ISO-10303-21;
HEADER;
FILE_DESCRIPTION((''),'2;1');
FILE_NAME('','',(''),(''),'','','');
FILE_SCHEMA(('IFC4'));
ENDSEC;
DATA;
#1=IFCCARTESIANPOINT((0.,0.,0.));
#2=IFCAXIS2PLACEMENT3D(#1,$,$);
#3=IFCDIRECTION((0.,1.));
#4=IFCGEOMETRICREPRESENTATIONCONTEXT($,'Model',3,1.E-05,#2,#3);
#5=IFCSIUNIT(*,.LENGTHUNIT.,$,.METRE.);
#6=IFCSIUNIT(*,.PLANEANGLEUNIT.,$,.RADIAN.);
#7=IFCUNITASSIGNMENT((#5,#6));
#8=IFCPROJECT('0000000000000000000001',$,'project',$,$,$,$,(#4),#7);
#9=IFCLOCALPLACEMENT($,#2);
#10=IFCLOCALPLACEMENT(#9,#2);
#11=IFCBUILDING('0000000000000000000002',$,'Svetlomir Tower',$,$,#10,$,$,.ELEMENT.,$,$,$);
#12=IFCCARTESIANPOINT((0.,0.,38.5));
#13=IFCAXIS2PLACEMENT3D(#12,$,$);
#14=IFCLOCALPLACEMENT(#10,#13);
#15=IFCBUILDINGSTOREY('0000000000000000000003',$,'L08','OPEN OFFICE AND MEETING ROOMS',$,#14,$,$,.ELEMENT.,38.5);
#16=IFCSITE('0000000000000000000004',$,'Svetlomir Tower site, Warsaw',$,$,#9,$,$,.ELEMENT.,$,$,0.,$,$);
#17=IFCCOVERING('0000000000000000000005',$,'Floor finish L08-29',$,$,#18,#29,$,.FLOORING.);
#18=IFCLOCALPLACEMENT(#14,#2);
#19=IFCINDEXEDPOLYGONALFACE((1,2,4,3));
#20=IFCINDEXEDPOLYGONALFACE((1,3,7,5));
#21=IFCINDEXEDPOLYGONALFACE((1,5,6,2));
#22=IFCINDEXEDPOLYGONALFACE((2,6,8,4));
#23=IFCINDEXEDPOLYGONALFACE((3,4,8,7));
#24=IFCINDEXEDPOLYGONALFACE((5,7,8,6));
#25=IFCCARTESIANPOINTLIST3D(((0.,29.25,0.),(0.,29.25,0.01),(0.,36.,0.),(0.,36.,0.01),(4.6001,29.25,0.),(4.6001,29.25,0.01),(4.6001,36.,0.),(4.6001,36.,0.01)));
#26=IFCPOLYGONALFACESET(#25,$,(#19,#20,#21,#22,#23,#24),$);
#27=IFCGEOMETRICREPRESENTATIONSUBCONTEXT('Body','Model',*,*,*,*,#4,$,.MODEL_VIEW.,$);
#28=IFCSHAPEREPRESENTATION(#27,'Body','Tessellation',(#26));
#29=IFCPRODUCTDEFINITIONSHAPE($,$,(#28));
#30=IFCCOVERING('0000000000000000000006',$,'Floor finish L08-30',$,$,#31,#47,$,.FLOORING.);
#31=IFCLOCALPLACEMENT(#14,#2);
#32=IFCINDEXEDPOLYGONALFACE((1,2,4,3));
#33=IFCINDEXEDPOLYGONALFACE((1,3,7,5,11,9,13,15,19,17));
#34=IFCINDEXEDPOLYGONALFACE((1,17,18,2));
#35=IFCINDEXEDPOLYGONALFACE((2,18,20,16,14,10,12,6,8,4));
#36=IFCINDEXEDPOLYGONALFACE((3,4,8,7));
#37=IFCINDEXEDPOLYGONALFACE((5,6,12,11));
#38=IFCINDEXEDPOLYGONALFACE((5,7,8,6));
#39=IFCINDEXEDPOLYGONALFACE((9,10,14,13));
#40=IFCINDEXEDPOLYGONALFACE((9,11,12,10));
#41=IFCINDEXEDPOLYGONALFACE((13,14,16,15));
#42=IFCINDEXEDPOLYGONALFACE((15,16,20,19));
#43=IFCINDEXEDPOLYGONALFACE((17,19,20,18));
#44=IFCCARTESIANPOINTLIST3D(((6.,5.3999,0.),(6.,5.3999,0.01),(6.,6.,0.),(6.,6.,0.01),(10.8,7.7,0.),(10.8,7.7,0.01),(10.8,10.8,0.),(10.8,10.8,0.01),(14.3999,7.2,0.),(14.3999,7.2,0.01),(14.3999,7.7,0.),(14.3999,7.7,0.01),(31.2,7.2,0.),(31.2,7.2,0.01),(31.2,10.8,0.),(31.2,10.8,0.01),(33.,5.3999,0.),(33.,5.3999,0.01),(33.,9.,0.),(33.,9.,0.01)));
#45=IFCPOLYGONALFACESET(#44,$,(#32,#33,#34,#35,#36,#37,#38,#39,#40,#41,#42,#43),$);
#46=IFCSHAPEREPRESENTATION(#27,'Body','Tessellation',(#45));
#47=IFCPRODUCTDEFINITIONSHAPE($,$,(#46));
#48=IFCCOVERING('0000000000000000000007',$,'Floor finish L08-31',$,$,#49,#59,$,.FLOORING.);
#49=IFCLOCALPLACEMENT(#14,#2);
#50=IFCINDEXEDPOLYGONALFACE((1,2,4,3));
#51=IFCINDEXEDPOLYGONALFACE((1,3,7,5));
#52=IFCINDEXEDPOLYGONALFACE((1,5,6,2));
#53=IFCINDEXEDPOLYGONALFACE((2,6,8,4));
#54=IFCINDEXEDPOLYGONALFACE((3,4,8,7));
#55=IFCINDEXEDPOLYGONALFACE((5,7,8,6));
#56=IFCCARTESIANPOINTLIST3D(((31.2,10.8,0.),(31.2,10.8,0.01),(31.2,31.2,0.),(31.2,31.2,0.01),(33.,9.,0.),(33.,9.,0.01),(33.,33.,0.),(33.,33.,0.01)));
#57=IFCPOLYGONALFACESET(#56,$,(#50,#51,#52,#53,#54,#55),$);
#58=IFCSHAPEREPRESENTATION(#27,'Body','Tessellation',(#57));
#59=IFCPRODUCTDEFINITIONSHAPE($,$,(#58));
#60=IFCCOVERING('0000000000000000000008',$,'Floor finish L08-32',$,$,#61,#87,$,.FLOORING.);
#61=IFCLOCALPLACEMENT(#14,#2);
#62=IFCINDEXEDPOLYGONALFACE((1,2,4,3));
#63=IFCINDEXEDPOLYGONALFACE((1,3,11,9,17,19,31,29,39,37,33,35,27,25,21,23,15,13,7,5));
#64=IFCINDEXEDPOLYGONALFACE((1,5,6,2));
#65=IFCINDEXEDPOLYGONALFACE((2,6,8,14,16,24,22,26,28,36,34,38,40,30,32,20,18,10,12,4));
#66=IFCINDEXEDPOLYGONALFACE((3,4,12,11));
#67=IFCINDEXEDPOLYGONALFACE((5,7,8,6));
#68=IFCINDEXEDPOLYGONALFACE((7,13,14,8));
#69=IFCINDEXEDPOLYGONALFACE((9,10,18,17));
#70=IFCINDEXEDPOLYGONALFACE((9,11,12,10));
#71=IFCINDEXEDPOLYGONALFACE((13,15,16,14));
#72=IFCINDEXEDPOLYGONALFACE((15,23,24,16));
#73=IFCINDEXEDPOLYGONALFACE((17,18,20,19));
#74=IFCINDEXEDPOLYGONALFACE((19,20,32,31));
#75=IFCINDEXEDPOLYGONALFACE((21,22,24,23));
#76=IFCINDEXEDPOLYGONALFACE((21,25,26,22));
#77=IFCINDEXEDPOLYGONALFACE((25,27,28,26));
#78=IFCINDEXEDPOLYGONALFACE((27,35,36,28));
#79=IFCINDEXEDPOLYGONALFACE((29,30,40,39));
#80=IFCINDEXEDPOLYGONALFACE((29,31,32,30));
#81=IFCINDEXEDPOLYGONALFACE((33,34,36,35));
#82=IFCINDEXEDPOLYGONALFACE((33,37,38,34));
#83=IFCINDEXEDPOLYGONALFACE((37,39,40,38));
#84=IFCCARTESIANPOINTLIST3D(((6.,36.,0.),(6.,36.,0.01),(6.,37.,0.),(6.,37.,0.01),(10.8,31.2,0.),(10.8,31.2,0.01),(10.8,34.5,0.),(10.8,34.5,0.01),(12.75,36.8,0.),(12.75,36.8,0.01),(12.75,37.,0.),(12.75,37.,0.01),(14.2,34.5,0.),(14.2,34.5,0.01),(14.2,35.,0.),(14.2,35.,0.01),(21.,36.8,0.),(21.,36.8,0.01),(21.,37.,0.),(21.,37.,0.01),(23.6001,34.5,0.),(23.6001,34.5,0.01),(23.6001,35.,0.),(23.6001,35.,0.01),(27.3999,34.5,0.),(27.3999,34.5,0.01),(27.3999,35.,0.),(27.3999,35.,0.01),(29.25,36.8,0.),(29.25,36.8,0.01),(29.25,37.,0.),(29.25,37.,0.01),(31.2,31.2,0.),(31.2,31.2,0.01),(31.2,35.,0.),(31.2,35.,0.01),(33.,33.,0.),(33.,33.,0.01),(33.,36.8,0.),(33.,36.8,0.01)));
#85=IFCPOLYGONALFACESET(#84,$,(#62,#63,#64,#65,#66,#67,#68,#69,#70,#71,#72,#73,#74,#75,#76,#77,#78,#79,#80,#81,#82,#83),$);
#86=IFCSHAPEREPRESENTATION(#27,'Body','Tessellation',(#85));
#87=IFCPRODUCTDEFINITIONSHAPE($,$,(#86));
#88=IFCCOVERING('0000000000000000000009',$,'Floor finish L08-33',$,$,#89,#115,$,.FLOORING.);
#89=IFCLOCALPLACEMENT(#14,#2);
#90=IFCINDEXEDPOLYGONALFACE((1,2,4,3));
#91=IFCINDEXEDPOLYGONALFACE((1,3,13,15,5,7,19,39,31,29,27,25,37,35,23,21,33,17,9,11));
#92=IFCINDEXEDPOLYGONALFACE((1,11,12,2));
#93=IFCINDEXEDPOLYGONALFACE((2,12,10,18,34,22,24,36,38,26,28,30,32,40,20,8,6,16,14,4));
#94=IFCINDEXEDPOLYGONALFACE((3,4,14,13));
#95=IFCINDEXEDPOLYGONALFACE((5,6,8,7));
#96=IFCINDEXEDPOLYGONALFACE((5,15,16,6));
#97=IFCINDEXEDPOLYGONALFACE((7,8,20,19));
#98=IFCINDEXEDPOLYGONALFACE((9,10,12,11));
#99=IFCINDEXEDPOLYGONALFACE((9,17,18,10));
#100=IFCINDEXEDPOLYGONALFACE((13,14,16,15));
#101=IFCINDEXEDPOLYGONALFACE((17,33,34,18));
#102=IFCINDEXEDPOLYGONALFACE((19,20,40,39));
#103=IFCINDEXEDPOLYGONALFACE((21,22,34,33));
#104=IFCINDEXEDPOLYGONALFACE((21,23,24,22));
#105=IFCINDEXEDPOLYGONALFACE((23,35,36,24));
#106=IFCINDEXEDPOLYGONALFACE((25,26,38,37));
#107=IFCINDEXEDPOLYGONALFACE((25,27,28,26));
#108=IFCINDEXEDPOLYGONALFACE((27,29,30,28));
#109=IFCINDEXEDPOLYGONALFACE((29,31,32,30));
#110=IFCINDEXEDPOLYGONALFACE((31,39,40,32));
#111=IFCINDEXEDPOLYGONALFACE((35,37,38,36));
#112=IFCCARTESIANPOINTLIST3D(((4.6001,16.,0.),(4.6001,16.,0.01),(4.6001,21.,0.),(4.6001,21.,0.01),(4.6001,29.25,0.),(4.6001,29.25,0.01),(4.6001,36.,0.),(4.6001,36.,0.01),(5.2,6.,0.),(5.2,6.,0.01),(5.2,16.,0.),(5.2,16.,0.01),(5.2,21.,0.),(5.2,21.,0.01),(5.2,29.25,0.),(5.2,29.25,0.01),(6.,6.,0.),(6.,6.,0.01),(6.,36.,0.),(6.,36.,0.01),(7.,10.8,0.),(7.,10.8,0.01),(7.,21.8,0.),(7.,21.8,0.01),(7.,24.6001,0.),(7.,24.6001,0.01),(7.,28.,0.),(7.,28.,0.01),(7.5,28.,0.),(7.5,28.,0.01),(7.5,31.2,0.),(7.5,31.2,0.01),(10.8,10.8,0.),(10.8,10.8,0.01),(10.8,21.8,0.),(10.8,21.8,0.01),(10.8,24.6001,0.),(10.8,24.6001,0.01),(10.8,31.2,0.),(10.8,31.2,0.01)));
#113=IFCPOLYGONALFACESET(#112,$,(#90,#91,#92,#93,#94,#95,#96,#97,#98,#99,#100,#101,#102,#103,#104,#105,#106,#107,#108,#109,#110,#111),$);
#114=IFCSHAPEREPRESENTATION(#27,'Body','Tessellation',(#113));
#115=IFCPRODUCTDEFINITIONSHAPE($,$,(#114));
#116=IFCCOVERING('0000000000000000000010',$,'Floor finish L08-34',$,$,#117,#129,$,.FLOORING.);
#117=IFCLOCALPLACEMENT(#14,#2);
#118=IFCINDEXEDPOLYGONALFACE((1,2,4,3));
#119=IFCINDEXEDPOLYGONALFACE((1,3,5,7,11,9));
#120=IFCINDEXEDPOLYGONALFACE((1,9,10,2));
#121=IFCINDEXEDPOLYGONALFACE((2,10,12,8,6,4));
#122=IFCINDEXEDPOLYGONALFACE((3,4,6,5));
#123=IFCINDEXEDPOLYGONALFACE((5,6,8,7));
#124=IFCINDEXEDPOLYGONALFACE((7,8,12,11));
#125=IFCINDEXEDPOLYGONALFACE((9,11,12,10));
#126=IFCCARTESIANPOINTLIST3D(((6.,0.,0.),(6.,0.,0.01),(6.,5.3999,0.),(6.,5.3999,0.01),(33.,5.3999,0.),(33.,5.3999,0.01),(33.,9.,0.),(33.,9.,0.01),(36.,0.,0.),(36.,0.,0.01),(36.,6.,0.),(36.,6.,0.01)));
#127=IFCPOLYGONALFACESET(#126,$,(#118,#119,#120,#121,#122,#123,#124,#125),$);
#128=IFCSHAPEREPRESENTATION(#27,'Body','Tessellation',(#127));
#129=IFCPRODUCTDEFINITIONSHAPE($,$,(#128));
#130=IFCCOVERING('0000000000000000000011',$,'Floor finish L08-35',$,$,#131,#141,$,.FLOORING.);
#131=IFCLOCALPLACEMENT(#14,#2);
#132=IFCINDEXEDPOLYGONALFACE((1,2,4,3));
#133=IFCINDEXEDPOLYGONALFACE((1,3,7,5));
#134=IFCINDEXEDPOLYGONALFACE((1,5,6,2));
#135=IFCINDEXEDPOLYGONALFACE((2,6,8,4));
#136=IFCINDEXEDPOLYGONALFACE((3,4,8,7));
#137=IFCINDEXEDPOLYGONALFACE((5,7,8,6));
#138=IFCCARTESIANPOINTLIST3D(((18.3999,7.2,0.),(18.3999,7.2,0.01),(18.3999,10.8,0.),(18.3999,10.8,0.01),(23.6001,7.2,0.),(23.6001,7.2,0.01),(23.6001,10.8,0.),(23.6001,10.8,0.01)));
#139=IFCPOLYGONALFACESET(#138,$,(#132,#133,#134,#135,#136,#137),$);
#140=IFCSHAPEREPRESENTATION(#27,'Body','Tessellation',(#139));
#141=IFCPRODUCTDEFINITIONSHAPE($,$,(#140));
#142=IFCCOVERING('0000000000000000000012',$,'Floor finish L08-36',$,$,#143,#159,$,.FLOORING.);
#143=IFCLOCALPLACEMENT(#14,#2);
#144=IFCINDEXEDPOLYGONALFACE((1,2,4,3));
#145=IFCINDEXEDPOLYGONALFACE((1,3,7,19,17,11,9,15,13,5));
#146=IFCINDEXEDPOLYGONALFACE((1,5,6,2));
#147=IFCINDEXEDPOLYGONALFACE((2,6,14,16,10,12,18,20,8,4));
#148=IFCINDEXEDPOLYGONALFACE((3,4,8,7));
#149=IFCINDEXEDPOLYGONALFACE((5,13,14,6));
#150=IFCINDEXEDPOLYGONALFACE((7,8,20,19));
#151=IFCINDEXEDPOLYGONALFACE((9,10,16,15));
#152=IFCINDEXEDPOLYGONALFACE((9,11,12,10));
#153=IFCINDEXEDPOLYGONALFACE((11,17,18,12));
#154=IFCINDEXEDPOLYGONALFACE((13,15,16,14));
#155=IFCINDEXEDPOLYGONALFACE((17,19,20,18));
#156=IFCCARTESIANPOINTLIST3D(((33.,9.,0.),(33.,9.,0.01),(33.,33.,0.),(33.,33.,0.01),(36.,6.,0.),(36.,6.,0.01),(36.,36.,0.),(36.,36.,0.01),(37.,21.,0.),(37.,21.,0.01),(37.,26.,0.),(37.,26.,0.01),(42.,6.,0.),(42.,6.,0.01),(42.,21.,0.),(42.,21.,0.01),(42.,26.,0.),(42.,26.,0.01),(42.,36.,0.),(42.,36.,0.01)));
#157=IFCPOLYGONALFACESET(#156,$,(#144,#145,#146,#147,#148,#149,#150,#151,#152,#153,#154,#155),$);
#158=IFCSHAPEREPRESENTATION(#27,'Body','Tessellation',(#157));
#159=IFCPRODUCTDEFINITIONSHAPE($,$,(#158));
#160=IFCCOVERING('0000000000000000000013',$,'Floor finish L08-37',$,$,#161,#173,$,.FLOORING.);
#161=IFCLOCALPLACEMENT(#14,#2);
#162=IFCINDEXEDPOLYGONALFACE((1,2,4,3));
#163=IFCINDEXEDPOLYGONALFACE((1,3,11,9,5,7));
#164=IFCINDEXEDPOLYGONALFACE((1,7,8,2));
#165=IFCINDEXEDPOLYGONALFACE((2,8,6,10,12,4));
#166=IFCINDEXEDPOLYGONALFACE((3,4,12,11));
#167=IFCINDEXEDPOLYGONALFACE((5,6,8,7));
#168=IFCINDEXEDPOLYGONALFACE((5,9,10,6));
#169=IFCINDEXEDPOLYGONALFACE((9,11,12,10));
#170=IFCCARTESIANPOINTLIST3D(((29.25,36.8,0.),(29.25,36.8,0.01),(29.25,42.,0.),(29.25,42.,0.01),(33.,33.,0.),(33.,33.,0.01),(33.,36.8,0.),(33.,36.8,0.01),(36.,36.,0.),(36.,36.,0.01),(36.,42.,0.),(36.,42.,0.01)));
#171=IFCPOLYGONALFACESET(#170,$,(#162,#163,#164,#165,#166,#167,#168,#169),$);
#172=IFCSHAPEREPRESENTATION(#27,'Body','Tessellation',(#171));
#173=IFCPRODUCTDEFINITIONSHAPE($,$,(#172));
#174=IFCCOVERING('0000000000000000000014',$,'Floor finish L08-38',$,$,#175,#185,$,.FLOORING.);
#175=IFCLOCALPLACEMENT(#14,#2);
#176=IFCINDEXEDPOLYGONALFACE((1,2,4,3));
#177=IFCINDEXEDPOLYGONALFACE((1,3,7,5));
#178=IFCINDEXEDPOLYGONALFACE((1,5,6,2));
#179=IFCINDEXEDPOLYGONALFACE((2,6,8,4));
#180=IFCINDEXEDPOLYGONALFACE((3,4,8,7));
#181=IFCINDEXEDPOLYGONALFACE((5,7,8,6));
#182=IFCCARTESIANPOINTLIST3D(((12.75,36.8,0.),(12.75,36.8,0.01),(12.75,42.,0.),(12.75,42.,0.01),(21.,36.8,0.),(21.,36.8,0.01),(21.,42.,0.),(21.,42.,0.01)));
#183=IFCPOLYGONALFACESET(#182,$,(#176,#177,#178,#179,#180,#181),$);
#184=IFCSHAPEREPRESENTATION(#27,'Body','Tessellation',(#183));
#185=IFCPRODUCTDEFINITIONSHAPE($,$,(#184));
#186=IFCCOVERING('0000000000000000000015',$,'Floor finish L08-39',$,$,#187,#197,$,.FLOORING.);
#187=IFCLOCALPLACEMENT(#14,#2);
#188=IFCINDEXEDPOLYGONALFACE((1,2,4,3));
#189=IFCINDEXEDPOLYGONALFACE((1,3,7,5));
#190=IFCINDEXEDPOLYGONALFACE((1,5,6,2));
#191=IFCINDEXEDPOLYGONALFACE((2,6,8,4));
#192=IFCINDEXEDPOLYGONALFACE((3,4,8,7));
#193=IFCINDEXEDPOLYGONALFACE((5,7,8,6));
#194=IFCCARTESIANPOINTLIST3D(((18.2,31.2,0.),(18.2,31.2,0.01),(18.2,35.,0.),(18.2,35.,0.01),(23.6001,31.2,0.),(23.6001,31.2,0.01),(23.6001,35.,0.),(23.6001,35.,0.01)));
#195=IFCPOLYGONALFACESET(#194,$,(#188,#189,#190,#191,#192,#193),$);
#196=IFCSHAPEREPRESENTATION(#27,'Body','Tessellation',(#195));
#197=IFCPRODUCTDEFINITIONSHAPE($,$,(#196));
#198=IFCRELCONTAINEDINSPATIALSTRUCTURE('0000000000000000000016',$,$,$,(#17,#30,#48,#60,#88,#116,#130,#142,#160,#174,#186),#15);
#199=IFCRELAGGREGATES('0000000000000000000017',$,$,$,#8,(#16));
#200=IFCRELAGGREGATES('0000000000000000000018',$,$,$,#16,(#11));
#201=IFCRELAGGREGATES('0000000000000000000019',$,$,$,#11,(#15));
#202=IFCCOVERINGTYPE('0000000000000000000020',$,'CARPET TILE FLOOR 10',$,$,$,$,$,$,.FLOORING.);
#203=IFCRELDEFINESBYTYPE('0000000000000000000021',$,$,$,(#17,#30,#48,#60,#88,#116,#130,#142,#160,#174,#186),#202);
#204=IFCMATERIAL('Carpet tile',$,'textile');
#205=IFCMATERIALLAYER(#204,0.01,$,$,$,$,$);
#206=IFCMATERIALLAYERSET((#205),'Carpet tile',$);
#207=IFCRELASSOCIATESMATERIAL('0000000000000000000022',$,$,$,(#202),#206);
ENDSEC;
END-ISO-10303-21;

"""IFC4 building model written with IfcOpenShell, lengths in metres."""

from ifc_helpers import new_model, si_unit, direction, frame, origin, place, context, subcontext, project, spatial, polyline, outline, extrude, material, layer, layer_set, type_object, element, save


model = new_model("IFC4")

# Units and contexts
model_context = context("Model", 3, precision=1e-05, world=origin(), true_north=direction((0.0, 1.0)))
body_context = subcontext(model_context, "Body", "Model", "MODEL_VIEW")
ifc_project = project(units=[si_unit("LENGTHUNIT", "METRE"), si_unit("PLANEANGLEUNIT", "RADIAN")], contexts=[model_context])

# Site, building, storey
site_placement = place(None, origin())
site = spatial("IfcSite", under=ifc_project, at=site_placement, Name="Svetlomir Tower site, Warsaw", CompositionType="ELEMENT", RefElevation=0.0)
building_placement = place(site_placement, origin())
building = spatial("IfcBuilding", under=site, at=building_placement, Name="Svetlomir Tower", CompositionType="ELEMENT")
storey_placement = place(building_placement, frame((0.0, 0.0, 38.5)))
storey = spatial("IfcBuildingStorey", under=building, at=storey_placement, Name="L08", Description="OPEN OFFICE AND MEETING ROOMS", CompositionType="ELEMENT", Elevation=38.5)

# Coverings
ifc_material_1 = material(Name="Carpet tile", Category="textile")
ifc_layer_1 = layer(ifc_material_1, 0.01)
ifc_layer_set_1 = layer_set([ifc_layer_1], Name="Carpet tile")
covering_type_1 = type_object("IfcCoveringType", Name="CARPET TILE FLOOR 10", PredefinedType="FLOORING", material=ifc_layer_set_1)
covering_1_placement = place(storey_placement, origin())
element("IfcCovering", 1, at=covering_1_placement, inside=storey, type_object=covering_type_1, Name="Floor finish L08-29", PredefinedType="FLOORING", context=body_context, shape_type="SweptSolid", body=[
    extrude(outline(polyline([(0.0, 29.25), (4.6001, 29.25), (4.6001, 36.0), (0.0, 36.0), (0.0, 29.25)])), origin(), (0.0, 0.0, 1.0), 0.01),
])
covering_2_placement = place(storey_placement, origin())
element("IfcCovering", 2, at=covering_2_placement, inside=storey, type_object=covering_type_1, Name="Floor finish L08-30", PredefinedType="FLOORING", context=body_context, shape_type="SweptSolid", body=[
    extrude(outline(polyline([(33.0, 5.3999), (6.0, 5.3999), (6.0, 6.0), (10.8, 10.8), (10.8, 7.7), (14.3999, 7.7), (14.3999, 7.2), (31.2, 7.2), (31.2, 10.8), (33.0, 9.0), (33.0, 5.3999)])), origin(), (0.0, 0.0, 1.0), 0.01),
])
covering_3_placement = place(storey_placement, origin())
element("IfcCovering", 3, at=covering_3_placement, inside=storey, type_object=covering_type_1, Name="Floor finish L08-31", PredefinedType="FLOORING", context=body_context, shape_type="SweptSolid", body=[
    extrude(outline(polyline([(33.0, 9.0), (31.2, 10.8), (31.2, 31.2), (33.0, 33.0), (33.0, 9.0)])), origin(), (0.0, 0.0, 1.0), 0.01),
])
covering_4_placement = place(storey_placement, origin())
element("IfcCovering", 4, at=covering_4_placement, inside=storey, type_object=covering_type_1, Name="Floor finish L08-32", PredefinedType="FLOORING", context=body_context, shape_type="SweptSolid", body=[
    extrude(outline(polyline([(6.0, 37.0), (12.75, 37.0), (12.75, 36.8), (21.0, 36.8), (21.0, 37.0), (29.25, 37.0), (29.25, 36.8), (33.0, 36.8), (33.0, 33.0), (31.2, 31.2), (31.2, 35.0), (27.3999, 35.0), (27.3999, 34.5), (23.6001, 34.5), (23.6001, 35.0), (14.2, 35.0), (14.2, 34.5), (10.8, 34.5), (10.8, 31.2), (6.0, 36.0), (6.0, 37.0)])), origin(), (0.0, 0.0, 1.0), 0.01),
])
covering_5_placement = place(storey_placement, origin())
element("IfcCovering", 5, at=covering_5_placement, inside=storey, type_object=covering_type_1, Name="Floor finish L08-33", PredefinedType="FLOORING", context=body_context, shape_type="SweptSolid", body=[
    extrude(outline(polyline([(5.2, 21.0), (5.2, 29.25), (4.6001, 29.25), (4.6001, 36.0), (6.0, 36.0), (10.8, 31.2), (7.5, 31.2), (7.5, 28.0), (7.0, 28.0), (7.0, 24.6001), (10.8, 24.6001), (10.8, 21.8), (7.0, 21.8), (7.0, 10.8), (10.8, 10.8), (6.0, 6.0), (5.2, 6.0), (5.2, 16.0), (4.6001, 16.0), (4.6001, 21.0), (5.2, 21.0)])), origin(), (0.0, 0.0, 1.0), 0.01),
])
covering_6_placement = place(storey_placement, origin())
element("IfcCovering", 6, at=covering_6_placement, inside=storey, type_object=covering_type_1, Name="Floor finish L08-34", PredefinedType="FLOORING", context=body_context, shape_type="SweptSolid", body=[
    extrude(outline(polyline([(36.0, 0.0), (6.0, 0.0), (6.0, 5.3999), (33.0, 5.3999), (33.0, 9.0), (36.0, 6.0), (36.0, 0.0)])), origin(), (0.0, 0.0, 1.0), 0.01),
])
covering_7_placement = place(storey_placement, origin())
element("IfcCovering", 7, at=covering_7_placement, inside=storey, type_object=covering_type_1, Name="Floor finish L08-35", PredefinedType="FLOORING", context=body_context, shape_type="SweptSolid", body=[
    extrude(outline(polyline([(23.6001, 10.8), (23.6001, 7.2), (18.3999, 7.2), (18.3999, 10.8), (23.6001, 10.8)])), origin(), (0.0, 0.0, 1.0), 0.01),
])
covering_8_placement = place(storey_placement, origin())
element("IfcCovering", 8, at=covering_8_placement, inside=storey, type_object=covering_type_1, Name="Floor finish L08-36", PredefinedType="FLOORING", context=body_context, shape_type="SweptSolid", body=[
    extrude(outline(polyline([(33.0, 33.0), (36.0, 36.0), (42.0, 36.0), (42.0, 26.0), (37.0, 26.0), (37.0, 21.0), (42.0, 21.0), (42.0, 6.0), (36.0, 6.0), (33.0, 9.0), (33.0, 33.0)])), origin(), (0.0, 0.0, 1.0), 0.01),
])
covering_9_placement = place(storey_placement, origin())
element("IfcCovering", 9, at=covering_9_placement, inside=storey, type_object=covering_type_1, Name="Floor finish L08-37", PredefinedType="FLOORING", context=body_context, shape_type="SweptSolid", body=[
    extrude(outline(polyline([(33.0, 36.8), (29.25, 36.8), (29.25, 42.0), (36.0, 42.0), (36.0, 36.0), (33.0, 33.0), (33.0, 36.8)])), origin(), (0.0, 0.0, 1.0), 0.01),
])
covering_10_placement = place(storey_placement, origin())
element("IfcCovering", 10, at=covering_10_placement, inside=storey, type_object=covering_type_1, Name="Floor finish L08-38", PredefinedType="FLOORING", context=body_context, shape_type="SweptSolid", body=[
    extrude(outline(polyline([(21.0, 42.0), (21.0, 36.8), (12.75, 36.8), (12.75, 42.0), (21.0, 42.0)])), origin(), (0.0, 0.0, 1.0), 0.01),
])
covering_11_placement = place(storey_placement, origin())
element("IfcCovering", 11, at=covering_11_placement, inside=storey, type_object=covering_type_1, Name="Floor finish L08-39", PredefinedType="FLOORING", context=body_context, shape_type="SweptSolid", body=[
    extrude(outline(polyline([(18.2, 31.2), (18.2, 35.0), (23.6001, 35.0), (23.6001, 31.2), (18.2, 31.2)])), origin(), (0.0, 0.0, 1.0), 0.01),
])

save(model, "model.ifc")
